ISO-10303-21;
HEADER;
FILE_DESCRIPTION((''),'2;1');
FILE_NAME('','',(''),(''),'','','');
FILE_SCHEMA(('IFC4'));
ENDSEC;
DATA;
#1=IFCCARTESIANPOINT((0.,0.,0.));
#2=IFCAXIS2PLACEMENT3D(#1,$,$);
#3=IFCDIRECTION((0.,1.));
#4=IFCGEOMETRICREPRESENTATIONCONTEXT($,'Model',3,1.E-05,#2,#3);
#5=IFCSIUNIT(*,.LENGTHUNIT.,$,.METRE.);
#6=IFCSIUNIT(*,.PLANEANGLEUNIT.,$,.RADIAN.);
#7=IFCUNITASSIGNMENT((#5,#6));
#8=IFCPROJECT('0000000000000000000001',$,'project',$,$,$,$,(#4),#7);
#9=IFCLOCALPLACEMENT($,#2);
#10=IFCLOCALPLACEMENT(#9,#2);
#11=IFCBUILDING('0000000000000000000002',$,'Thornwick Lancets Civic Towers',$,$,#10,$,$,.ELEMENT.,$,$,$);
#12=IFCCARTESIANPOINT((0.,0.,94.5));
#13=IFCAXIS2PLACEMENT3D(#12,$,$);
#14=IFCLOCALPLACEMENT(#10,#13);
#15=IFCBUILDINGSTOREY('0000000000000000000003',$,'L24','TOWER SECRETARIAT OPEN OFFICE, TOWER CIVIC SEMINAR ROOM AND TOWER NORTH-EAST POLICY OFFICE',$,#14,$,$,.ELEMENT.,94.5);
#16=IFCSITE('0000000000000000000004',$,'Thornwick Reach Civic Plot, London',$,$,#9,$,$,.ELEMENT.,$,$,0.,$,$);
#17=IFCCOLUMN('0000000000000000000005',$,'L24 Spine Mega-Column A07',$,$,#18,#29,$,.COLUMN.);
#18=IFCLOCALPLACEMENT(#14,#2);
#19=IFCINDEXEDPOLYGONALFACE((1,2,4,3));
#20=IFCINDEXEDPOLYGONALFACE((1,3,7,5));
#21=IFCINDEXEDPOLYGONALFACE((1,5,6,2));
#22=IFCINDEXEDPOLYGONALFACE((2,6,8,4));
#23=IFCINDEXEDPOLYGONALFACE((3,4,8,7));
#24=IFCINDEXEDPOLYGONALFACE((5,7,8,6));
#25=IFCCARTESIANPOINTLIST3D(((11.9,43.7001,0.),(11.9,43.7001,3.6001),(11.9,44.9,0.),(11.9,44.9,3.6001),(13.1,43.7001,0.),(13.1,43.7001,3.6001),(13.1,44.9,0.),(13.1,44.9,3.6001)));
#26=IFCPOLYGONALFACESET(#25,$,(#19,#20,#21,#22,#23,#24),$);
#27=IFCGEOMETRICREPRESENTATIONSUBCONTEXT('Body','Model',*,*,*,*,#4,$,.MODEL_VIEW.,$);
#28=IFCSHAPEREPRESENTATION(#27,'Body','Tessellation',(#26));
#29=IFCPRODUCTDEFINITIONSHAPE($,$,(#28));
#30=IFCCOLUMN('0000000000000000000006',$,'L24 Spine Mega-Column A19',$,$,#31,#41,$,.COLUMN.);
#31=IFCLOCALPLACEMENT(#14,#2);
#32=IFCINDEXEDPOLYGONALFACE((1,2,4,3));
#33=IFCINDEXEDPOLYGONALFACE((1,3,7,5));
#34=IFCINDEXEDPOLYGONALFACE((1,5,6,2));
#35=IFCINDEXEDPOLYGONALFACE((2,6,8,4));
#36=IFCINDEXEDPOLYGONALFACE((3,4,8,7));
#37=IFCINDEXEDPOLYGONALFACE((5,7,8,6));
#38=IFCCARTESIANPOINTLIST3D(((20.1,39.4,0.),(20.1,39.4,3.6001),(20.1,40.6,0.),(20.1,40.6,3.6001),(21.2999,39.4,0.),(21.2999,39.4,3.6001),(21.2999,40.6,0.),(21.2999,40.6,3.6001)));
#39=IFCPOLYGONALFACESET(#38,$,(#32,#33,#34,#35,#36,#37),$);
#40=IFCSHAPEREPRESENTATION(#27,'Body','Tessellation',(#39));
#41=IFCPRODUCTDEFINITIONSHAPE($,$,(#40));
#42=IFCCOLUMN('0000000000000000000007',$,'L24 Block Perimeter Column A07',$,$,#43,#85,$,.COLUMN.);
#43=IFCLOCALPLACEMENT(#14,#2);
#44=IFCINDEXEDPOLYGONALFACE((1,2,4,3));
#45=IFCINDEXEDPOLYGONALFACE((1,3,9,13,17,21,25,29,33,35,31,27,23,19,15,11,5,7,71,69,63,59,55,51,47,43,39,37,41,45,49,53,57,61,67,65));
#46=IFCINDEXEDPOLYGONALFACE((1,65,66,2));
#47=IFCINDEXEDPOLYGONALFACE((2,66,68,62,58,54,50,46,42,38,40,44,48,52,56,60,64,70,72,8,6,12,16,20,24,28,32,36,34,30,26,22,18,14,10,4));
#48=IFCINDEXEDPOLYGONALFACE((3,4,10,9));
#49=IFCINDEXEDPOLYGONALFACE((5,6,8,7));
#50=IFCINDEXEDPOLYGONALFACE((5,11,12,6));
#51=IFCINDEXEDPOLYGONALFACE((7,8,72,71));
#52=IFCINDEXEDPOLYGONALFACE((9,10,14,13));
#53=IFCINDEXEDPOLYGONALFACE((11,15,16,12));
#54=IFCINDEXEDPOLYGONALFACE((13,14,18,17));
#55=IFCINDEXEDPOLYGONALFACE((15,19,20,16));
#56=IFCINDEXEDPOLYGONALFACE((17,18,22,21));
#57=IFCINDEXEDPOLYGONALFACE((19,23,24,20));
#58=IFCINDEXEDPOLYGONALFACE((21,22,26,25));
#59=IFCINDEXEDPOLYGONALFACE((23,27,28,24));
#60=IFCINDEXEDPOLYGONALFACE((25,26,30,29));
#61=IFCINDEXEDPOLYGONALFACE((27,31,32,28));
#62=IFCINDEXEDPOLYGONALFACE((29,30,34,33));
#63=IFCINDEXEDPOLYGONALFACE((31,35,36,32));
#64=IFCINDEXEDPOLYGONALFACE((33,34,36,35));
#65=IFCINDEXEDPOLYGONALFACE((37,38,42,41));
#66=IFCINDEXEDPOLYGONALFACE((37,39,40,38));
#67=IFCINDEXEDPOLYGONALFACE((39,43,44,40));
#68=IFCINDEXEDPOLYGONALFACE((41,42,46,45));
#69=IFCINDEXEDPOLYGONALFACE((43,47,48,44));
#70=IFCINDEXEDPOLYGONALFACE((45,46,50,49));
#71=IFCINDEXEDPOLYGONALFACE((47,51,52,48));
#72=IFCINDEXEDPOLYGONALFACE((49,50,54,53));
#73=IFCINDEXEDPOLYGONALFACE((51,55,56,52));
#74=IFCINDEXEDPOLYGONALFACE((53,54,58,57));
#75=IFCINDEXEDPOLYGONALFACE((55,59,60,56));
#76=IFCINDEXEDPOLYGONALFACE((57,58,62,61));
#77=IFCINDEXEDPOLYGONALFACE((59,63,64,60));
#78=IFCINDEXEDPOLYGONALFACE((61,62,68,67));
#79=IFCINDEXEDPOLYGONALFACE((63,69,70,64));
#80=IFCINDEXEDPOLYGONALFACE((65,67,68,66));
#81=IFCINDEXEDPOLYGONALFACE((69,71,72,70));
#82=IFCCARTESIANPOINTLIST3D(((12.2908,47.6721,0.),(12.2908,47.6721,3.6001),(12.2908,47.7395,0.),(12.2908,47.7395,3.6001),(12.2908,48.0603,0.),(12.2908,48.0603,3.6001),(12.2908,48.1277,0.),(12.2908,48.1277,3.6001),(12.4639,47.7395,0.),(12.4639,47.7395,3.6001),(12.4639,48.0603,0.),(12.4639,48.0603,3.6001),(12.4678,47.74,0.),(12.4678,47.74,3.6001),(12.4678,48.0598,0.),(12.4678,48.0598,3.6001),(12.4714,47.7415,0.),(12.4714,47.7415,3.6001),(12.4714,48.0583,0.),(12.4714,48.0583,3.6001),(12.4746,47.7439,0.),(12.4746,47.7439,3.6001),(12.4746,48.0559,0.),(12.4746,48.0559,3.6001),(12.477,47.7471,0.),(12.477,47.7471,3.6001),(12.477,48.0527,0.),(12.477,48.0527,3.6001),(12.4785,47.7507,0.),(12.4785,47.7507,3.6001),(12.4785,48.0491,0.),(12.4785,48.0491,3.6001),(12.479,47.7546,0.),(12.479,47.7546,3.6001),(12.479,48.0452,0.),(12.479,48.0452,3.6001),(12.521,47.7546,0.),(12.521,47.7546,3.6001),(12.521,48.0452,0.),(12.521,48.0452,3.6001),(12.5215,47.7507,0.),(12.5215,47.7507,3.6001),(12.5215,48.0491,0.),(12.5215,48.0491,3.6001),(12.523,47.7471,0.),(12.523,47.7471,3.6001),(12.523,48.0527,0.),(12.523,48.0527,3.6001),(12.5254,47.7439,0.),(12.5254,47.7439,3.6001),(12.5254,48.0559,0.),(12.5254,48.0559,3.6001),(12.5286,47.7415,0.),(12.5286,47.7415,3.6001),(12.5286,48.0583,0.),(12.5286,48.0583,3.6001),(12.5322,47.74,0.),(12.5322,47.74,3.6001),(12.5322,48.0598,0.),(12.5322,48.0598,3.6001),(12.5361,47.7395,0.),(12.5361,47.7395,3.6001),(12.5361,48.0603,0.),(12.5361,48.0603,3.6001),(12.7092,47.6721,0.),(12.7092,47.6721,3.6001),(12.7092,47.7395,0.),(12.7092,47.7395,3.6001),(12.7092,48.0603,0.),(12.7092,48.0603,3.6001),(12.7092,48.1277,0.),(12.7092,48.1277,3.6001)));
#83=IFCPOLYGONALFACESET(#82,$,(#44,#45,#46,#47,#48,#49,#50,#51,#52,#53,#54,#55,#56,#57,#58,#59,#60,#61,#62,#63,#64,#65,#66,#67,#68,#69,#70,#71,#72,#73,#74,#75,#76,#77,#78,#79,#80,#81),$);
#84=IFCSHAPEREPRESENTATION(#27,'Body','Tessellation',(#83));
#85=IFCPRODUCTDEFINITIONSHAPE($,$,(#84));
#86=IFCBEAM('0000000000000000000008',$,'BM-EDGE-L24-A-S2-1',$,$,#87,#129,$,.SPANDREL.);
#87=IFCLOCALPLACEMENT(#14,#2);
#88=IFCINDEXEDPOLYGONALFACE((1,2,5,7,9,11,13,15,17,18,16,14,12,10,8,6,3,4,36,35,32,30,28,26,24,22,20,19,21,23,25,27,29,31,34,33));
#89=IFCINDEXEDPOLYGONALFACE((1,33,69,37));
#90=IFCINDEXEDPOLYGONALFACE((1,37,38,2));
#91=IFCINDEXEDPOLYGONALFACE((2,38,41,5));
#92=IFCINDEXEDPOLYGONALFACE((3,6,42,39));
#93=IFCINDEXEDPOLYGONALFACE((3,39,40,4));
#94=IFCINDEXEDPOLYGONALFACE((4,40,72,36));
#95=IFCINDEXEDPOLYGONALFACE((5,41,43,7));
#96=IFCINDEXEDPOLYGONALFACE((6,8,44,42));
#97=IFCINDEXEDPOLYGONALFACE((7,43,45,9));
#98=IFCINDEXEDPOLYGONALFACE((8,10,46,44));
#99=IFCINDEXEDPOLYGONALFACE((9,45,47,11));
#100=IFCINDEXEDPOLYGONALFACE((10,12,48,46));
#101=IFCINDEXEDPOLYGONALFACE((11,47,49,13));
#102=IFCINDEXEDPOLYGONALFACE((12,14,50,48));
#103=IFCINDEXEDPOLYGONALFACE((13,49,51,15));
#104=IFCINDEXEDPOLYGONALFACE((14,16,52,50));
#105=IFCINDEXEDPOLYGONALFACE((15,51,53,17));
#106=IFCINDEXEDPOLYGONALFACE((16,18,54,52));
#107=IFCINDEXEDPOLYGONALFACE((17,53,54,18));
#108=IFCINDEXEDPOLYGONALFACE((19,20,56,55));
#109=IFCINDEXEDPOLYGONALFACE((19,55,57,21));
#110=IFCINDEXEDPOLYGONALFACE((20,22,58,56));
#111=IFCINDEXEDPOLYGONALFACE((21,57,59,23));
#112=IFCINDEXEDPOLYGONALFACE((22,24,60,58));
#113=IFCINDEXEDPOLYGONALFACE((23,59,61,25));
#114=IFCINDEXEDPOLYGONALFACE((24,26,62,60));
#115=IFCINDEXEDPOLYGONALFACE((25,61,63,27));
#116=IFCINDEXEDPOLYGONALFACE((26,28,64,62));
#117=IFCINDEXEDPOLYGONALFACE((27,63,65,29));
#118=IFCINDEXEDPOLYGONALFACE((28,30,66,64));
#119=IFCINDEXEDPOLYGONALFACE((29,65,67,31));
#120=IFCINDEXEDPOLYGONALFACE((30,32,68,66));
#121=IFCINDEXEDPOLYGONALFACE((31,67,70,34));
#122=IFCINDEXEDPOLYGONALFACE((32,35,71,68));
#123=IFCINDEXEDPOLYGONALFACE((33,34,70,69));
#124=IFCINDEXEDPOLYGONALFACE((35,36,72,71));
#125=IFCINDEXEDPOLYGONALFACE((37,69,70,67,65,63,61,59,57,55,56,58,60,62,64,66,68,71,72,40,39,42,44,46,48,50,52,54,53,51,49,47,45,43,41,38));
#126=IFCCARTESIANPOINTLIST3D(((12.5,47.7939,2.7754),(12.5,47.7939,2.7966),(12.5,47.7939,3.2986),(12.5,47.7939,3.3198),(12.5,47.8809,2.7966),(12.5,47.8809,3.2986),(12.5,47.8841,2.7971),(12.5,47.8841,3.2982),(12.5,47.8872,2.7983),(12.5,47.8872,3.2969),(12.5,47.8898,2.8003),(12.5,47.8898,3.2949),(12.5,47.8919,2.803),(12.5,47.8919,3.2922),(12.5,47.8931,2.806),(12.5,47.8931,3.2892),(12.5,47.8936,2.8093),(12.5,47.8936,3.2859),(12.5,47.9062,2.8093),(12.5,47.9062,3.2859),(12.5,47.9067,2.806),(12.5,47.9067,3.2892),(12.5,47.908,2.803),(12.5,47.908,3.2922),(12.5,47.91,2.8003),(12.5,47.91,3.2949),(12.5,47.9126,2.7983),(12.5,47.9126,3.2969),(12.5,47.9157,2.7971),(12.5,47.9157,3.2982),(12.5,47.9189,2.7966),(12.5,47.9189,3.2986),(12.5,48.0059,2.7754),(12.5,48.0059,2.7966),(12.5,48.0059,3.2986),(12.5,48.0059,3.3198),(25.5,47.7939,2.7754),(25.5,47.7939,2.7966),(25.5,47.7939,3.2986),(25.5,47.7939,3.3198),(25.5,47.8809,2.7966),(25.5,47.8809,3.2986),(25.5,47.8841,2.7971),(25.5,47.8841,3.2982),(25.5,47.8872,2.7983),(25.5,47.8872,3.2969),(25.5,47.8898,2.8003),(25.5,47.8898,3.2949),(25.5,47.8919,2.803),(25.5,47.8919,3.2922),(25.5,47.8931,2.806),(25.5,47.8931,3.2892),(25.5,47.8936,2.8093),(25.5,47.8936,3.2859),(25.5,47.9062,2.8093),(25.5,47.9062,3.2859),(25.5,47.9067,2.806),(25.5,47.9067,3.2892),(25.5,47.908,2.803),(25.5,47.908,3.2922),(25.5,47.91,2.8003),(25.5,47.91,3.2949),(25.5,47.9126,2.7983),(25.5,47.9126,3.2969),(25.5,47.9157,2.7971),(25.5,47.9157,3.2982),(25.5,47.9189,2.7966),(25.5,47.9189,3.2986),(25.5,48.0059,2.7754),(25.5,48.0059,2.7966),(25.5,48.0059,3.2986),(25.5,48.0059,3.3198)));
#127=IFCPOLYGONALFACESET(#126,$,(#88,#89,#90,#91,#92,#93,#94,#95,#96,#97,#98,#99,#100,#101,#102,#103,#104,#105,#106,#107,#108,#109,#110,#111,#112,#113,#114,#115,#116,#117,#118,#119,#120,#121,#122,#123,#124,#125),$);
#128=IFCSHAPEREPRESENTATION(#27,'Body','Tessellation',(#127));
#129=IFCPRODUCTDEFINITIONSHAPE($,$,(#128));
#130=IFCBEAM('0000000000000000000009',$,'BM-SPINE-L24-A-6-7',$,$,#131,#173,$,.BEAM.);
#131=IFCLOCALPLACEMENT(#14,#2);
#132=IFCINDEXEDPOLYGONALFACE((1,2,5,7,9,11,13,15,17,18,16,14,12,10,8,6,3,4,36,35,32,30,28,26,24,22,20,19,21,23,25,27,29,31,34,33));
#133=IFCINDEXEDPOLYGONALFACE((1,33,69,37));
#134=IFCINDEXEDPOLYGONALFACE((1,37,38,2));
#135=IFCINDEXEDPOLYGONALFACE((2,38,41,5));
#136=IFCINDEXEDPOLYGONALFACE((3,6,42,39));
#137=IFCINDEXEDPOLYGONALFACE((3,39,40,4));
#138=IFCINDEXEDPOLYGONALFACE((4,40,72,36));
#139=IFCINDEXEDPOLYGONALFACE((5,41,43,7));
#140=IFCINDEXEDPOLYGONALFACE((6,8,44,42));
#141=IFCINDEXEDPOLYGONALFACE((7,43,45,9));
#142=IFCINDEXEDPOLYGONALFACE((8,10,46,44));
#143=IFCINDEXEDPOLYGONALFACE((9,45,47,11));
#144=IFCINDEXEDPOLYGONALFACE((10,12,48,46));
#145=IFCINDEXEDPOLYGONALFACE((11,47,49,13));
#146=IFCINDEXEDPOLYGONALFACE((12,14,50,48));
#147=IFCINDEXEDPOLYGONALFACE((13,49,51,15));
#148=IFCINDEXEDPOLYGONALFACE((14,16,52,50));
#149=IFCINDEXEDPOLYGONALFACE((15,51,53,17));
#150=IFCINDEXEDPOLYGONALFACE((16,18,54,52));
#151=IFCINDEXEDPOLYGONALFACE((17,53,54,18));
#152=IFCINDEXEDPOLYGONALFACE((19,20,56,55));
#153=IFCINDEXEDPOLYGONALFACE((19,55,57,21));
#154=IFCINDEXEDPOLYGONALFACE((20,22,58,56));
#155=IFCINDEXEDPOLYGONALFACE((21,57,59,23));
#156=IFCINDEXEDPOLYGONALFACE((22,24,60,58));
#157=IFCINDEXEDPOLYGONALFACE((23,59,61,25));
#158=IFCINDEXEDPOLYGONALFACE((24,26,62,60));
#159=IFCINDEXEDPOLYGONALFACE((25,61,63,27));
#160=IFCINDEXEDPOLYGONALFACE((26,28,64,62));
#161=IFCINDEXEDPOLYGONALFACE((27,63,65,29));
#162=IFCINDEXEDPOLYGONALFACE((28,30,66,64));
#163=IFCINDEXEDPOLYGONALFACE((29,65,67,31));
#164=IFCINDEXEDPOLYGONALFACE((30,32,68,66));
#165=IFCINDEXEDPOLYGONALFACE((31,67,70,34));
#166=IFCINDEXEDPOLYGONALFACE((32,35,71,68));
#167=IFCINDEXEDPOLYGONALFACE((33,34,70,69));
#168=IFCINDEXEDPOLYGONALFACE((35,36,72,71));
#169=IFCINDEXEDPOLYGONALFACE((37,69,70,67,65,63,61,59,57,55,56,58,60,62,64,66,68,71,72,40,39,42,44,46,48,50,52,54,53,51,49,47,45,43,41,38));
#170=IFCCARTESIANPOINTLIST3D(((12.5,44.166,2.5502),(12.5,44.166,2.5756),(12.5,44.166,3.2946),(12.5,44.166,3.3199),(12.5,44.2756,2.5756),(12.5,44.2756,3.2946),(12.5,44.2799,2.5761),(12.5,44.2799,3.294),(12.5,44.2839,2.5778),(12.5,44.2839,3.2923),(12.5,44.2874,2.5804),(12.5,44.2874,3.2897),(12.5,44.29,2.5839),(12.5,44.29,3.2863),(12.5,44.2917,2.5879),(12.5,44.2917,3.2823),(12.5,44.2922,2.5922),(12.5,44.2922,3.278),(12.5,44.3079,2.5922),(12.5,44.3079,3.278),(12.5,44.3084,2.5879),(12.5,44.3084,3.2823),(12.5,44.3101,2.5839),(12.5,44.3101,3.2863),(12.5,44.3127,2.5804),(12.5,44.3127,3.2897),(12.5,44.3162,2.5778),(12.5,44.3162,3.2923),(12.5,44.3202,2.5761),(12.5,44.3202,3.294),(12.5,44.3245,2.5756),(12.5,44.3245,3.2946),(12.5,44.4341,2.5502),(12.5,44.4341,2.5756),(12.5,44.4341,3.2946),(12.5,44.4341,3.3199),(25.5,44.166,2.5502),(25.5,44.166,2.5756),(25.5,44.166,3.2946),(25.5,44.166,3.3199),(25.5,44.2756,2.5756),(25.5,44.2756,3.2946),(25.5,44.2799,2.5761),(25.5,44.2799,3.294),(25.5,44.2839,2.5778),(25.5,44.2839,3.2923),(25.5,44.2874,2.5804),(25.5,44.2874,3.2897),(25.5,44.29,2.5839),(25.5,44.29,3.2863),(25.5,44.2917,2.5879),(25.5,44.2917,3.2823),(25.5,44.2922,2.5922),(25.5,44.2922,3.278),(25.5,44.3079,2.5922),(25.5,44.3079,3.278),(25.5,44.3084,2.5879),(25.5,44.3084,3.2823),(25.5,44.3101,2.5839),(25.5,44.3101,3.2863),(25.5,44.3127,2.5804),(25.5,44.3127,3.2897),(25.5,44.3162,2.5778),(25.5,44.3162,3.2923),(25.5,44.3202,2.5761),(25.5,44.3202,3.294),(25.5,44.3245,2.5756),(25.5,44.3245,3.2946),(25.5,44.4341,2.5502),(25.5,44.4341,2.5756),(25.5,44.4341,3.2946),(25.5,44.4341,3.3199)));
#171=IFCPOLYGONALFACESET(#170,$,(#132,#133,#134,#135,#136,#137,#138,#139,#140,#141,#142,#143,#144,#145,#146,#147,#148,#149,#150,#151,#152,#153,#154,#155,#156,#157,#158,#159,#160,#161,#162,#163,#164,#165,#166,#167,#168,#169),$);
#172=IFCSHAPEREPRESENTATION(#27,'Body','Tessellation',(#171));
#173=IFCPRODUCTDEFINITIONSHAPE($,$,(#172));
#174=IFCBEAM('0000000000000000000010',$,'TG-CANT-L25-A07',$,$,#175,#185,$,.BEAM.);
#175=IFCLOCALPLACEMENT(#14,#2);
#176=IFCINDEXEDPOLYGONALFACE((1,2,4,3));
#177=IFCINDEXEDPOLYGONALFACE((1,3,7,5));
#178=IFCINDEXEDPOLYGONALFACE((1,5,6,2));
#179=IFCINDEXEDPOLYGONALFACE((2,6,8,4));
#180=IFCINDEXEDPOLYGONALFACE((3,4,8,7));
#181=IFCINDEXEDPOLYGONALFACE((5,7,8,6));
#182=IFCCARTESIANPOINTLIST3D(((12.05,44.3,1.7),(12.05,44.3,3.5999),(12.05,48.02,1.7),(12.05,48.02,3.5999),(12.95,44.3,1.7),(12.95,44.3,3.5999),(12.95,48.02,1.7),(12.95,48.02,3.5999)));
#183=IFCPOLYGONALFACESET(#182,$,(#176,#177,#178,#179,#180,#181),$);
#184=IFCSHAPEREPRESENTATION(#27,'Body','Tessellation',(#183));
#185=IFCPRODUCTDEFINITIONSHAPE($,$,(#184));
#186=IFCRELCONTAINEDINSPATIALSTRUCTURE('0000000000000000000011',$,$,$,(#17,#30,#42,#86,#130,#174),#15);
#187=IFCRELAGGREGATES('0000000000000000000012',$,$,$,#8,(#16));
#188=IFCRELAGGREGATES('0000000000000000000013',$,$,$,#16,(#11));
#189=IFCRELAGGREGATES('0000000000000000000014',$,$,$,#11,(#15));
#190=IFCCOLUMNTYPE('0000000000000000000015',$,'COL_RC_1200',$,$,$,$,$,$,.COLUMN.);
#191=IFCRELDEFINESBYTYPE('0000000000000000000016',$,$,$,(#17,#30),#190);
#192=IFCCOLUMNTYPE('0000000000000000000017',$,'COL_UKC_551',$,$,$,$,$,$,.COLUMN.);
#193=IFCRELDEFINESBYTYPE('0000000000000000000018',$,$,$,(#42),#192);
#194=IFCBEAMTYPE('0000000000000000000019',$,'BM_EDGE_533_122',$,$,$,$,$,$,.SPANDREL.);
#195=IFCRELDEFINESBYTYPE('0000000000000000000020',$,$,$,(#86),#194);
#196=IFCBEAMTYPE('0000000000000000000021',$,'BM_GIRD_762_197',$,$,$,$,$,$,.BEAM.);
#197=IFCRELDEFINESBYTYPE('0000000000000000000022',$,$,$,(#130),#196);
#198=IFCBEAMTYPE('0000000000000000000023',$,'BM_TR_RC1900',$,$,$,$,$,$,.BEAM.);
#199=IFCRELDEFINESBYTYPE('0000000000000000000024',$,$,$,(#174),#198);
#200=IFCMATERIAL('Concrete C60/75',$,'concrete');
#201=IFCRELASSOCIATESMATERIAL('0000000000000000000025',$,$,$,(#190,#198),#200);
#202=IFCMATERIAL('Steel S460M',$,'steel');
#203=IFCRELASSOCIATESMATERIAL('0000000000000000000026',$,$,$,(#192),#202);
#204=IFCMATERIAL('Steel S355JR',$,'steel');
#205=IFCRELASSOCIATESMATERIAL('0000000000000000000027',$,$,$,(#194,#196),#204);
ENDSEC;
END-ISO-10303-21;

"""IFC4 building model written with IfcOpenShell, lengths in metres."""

from ifc_helpers import new_model, si_unit, direction, frame, origin, origin_2d, place, context, subcontext, project, spatial, rectangle, i_section, extrude, material, material_profile, profile_set, type_object, element, save


model = new_model("IFC4")

# Units and contexts
model_context = context("Model", 3, precision=1e-05, world=origin(), true_north=direction((0.0, 1.0)))
body_context = subcontext(model_context, "Body", "Model", "MODEL_VIEW")
ifc_project = project(units=[si_unit("LENGTHUNIT", "METRE"), si_unit("PLANEANGLEUNIT", "RADIAN")], contexts=[model_context])

# Site, building, storey
site_placement = place(None, origin())
site = spatial("IfcSite", under=ifc_project, at=site_placement, Name="Thornwick Reach Civic Plot, London", CompositionType="ELEMENT", RefElevation=0.0)
building_placement = place(site_placement, origin())
building = spatial("IfcBuilding", under=site, at=building_placement, Name="Thornwick Lancets Civic Towers", CompositionType="ELEMENT")
storey_placement = place(building_placement, frame((0.0, 0.0, 94.5)))
storey = spatial("IfcBuildingStorey", under=building, at=storey_placement, Name="L24", Description="TOWER SECRETARIAT OPEN OFFICE, TOWER CIVIC SEMINAR ROOM AND TOWER NORTH-EAST POLICY OFFICE", CompositionType="ELEMENT", Elevation=94.5)

# Columns
ifc_material_1 = material(Name="Concrete C60/75", Category="concrete")
ifc_material_profile_1 = material_profile(ifc_material_1, rectangle(XDim=1.2, YDim=1.2, at=origin_2d()), Name="RC 1200x1200")
ifc_profile_set_1 = profile_set([ifc_material_profile_1], Name="Concrete C60/75")
column_type_1 = type_object("IfcColumnType", Name="COL_RC_1200", PredefinedType="COLUMN", material=ifc_profile_set_1)
for number, where, z_axis, x_axis, name in (
    (1, (12.5, 44.3, 0.0), (0.0, 0.0, 1.0), (1.0, 0.0, 0.0), "L24 Spine Mega-Column A07"),
    (2, (20.7, 40.0, 0.0), (0.0, 0.0, 1.0), (1.0, 0.0, 0.0), "L24 Spine Mega-Column A19"),
):
    element("IfcColumn", number, at=place(storey_placement, frame(where, z_axis=z_axis, x_axis=x_axis)), inside=storey, type_object=column_type_1, Name=name, PredefinedType="COLUMN", context=body_context, shape_type="SweptSolid", body=[
        extrude(rectangle(XDim=1.2, YDim=1.2, at=origin_2d()), origin(), (0.0, 0.0, 1.0), 3.6001),
    ])
ifc_material_2 = material(Name="Steel S460M", Category="steel")
ifc_material_profile_2 = material_profile(ifc_material_2, i_section(OverallWidth=0.4185, OverallDepth=0.4556, WebThickness=0.042, FlangeThickness=0.0674, FilletRadius=0.0151, at=origin_2d()), Name="UKC 356x406x551")
ifc_profile_set_2 = profile_set([ifc_material_profile_2], Name="Steel S460M")
column_type_2 = type_object("IfcColumnType", Name="COL_UKC_551", PredefinedType="COLUMN", material=ifc_profile_set_2)
column_placement = place(storey_placement, frame((12.5, 47.8999, 0.0), z_axis=(0.0, 0.0, 1.0), x_axis=(1.0, 0.0, 0.0)))
element("IfcColumn", 3, at=column_placement, inside=storey, type_object=column_type_2, Name="L24 Block Perimeter Column A07", PredefinedType="COLUMN", context=body_context, shape_type="SweptSolid", body=[
    extrude(i_section(OverallWidth=0.4185, OverallDepth=0.4556, WebThickness=0.042, FlangeThickness=0.0674, FilletRadius=0.0151, at=origin_2d()), origin(), (0.0, 0.0, 1.0), 3.6001),
])

# Beams
ifc_material_3 = material(Name="Steel S355JR", Category="steel")
ifc_material_profile_3 = material_profile(ifc_material_3, i_section(OverallWidth=0.2119, OverallDepth=0.5444, WebThickness=0.0127, FlangeThickness=0.0212, FilletRadius=0.0127, at=origin_2d()), Name="UKB 533x210x122")
ifc_profile_set_3 = profile_set([ifc_material_profile_3], Name="Steel S355JR")
beam_type_1 = type_object("IfcBeamType", Name="BM_EDGE_533_122", PredefinedType="SPANDREL", material=ifc_profile_set_3)
beam_1_placement = place(storey_placement, frame((12.5, 47.8999, 3.0476), z_axis=(1.0, 0.0, 0.0), x_axis=(0.0, 1.0, 0.0)))
element("IfcBeam", 4, at=beam_1_placement, inside=storey, type_object=beam_type_1, Name="BM-EDGE-L24-A-S2-1", PredefinedType="SPANDREL", context=body_context, shape_type="SweptSolid", body=[
    extrude(i_section(OverallWidth=0.2119, OverallDepth=0.5444, WebThickness=0.0127, FlangeThickness=0.0212, FilletRadius=0.0127, at=origin_2d()), origin(), (0.0, 0.0, 1.0), 13.0),
])
ifc_material_profile_4 = material_profile(ifc_material_3, i_section(OverallWidth=0.2681, OverallDepth=0.7698, WebThickness=0.0156, FlangeThickness=0.0254, FilletRadius=0.0166, at=origin_2d()), Name="UKB 762x267x197")
ifc_profile_set_4 = profile_set([ifc_material_profile_4], Name="Steel S355JR")
beam_type_2 = type_object("IfcBeamType", Name="BM_GIRD_762_197", PredefinedType="BEAM", material=ifc_profile_set_4)
beam_2_placement = place(storey_placement, frame((12.5, 44.3, 2.9351), z_axis=(1.0, 0.0, 0.0), x_axis=(0.0, 1.0, 0.0)))
element("IfcBeam", 5, at=beam_2_placement, inside=storey, type_object=beam_type_2, Name="BM-SPINE-L24-A-6-7", PredefinedType="BEAM", context=body_context, shape_type="SweptSolid", body=[
    extrude(i_section(OverallWidth=0.2681, OverallDepth=0.7698, WebThickness=0.0156, FlangeThickness=0.0254, FilletRadius=0.0166, at=origin_2d()), origin(), (0.0, 0.0, 1.0), 13.0),
])
ifc_material_profile_5 = material_profile(ifc_material_1, rectangle(XDim=0.8999, YDim=1.8999, at=origin_2d()), Name="RC 900x1900")
ifc_profile_set_5 = profile_set([ifc_material_profile_5], Name="Concrete C60/75")
beam_type_3 = type_object("IfcBeamType", Name="BM_TR_RC1900", PredefinedType="BEAM", material=ifc_profile_set_5)
beam_3_placement = place(storey_placement, frame((12.5, 44.3, 2.6499), z_axis=(0.0, 1.0, 0.0), x_axis=(-1.0, 0.0, 0.0)))
element("IfcBeam", 6, at=beam_3_placement, inside=storey, type_object=beam_type_3, Name="TG-CANT-L25-A07", PredefinedType="BEAM", context=body_context, shape_type="SweptSolid", body=[
    extrude(rectangle(XDim=0.8999, YDim=1.8999, at=origin_2d()), origin(), (0.0, 0.0, 1.0), 3.72),
])

save(model, "model.ifc")
